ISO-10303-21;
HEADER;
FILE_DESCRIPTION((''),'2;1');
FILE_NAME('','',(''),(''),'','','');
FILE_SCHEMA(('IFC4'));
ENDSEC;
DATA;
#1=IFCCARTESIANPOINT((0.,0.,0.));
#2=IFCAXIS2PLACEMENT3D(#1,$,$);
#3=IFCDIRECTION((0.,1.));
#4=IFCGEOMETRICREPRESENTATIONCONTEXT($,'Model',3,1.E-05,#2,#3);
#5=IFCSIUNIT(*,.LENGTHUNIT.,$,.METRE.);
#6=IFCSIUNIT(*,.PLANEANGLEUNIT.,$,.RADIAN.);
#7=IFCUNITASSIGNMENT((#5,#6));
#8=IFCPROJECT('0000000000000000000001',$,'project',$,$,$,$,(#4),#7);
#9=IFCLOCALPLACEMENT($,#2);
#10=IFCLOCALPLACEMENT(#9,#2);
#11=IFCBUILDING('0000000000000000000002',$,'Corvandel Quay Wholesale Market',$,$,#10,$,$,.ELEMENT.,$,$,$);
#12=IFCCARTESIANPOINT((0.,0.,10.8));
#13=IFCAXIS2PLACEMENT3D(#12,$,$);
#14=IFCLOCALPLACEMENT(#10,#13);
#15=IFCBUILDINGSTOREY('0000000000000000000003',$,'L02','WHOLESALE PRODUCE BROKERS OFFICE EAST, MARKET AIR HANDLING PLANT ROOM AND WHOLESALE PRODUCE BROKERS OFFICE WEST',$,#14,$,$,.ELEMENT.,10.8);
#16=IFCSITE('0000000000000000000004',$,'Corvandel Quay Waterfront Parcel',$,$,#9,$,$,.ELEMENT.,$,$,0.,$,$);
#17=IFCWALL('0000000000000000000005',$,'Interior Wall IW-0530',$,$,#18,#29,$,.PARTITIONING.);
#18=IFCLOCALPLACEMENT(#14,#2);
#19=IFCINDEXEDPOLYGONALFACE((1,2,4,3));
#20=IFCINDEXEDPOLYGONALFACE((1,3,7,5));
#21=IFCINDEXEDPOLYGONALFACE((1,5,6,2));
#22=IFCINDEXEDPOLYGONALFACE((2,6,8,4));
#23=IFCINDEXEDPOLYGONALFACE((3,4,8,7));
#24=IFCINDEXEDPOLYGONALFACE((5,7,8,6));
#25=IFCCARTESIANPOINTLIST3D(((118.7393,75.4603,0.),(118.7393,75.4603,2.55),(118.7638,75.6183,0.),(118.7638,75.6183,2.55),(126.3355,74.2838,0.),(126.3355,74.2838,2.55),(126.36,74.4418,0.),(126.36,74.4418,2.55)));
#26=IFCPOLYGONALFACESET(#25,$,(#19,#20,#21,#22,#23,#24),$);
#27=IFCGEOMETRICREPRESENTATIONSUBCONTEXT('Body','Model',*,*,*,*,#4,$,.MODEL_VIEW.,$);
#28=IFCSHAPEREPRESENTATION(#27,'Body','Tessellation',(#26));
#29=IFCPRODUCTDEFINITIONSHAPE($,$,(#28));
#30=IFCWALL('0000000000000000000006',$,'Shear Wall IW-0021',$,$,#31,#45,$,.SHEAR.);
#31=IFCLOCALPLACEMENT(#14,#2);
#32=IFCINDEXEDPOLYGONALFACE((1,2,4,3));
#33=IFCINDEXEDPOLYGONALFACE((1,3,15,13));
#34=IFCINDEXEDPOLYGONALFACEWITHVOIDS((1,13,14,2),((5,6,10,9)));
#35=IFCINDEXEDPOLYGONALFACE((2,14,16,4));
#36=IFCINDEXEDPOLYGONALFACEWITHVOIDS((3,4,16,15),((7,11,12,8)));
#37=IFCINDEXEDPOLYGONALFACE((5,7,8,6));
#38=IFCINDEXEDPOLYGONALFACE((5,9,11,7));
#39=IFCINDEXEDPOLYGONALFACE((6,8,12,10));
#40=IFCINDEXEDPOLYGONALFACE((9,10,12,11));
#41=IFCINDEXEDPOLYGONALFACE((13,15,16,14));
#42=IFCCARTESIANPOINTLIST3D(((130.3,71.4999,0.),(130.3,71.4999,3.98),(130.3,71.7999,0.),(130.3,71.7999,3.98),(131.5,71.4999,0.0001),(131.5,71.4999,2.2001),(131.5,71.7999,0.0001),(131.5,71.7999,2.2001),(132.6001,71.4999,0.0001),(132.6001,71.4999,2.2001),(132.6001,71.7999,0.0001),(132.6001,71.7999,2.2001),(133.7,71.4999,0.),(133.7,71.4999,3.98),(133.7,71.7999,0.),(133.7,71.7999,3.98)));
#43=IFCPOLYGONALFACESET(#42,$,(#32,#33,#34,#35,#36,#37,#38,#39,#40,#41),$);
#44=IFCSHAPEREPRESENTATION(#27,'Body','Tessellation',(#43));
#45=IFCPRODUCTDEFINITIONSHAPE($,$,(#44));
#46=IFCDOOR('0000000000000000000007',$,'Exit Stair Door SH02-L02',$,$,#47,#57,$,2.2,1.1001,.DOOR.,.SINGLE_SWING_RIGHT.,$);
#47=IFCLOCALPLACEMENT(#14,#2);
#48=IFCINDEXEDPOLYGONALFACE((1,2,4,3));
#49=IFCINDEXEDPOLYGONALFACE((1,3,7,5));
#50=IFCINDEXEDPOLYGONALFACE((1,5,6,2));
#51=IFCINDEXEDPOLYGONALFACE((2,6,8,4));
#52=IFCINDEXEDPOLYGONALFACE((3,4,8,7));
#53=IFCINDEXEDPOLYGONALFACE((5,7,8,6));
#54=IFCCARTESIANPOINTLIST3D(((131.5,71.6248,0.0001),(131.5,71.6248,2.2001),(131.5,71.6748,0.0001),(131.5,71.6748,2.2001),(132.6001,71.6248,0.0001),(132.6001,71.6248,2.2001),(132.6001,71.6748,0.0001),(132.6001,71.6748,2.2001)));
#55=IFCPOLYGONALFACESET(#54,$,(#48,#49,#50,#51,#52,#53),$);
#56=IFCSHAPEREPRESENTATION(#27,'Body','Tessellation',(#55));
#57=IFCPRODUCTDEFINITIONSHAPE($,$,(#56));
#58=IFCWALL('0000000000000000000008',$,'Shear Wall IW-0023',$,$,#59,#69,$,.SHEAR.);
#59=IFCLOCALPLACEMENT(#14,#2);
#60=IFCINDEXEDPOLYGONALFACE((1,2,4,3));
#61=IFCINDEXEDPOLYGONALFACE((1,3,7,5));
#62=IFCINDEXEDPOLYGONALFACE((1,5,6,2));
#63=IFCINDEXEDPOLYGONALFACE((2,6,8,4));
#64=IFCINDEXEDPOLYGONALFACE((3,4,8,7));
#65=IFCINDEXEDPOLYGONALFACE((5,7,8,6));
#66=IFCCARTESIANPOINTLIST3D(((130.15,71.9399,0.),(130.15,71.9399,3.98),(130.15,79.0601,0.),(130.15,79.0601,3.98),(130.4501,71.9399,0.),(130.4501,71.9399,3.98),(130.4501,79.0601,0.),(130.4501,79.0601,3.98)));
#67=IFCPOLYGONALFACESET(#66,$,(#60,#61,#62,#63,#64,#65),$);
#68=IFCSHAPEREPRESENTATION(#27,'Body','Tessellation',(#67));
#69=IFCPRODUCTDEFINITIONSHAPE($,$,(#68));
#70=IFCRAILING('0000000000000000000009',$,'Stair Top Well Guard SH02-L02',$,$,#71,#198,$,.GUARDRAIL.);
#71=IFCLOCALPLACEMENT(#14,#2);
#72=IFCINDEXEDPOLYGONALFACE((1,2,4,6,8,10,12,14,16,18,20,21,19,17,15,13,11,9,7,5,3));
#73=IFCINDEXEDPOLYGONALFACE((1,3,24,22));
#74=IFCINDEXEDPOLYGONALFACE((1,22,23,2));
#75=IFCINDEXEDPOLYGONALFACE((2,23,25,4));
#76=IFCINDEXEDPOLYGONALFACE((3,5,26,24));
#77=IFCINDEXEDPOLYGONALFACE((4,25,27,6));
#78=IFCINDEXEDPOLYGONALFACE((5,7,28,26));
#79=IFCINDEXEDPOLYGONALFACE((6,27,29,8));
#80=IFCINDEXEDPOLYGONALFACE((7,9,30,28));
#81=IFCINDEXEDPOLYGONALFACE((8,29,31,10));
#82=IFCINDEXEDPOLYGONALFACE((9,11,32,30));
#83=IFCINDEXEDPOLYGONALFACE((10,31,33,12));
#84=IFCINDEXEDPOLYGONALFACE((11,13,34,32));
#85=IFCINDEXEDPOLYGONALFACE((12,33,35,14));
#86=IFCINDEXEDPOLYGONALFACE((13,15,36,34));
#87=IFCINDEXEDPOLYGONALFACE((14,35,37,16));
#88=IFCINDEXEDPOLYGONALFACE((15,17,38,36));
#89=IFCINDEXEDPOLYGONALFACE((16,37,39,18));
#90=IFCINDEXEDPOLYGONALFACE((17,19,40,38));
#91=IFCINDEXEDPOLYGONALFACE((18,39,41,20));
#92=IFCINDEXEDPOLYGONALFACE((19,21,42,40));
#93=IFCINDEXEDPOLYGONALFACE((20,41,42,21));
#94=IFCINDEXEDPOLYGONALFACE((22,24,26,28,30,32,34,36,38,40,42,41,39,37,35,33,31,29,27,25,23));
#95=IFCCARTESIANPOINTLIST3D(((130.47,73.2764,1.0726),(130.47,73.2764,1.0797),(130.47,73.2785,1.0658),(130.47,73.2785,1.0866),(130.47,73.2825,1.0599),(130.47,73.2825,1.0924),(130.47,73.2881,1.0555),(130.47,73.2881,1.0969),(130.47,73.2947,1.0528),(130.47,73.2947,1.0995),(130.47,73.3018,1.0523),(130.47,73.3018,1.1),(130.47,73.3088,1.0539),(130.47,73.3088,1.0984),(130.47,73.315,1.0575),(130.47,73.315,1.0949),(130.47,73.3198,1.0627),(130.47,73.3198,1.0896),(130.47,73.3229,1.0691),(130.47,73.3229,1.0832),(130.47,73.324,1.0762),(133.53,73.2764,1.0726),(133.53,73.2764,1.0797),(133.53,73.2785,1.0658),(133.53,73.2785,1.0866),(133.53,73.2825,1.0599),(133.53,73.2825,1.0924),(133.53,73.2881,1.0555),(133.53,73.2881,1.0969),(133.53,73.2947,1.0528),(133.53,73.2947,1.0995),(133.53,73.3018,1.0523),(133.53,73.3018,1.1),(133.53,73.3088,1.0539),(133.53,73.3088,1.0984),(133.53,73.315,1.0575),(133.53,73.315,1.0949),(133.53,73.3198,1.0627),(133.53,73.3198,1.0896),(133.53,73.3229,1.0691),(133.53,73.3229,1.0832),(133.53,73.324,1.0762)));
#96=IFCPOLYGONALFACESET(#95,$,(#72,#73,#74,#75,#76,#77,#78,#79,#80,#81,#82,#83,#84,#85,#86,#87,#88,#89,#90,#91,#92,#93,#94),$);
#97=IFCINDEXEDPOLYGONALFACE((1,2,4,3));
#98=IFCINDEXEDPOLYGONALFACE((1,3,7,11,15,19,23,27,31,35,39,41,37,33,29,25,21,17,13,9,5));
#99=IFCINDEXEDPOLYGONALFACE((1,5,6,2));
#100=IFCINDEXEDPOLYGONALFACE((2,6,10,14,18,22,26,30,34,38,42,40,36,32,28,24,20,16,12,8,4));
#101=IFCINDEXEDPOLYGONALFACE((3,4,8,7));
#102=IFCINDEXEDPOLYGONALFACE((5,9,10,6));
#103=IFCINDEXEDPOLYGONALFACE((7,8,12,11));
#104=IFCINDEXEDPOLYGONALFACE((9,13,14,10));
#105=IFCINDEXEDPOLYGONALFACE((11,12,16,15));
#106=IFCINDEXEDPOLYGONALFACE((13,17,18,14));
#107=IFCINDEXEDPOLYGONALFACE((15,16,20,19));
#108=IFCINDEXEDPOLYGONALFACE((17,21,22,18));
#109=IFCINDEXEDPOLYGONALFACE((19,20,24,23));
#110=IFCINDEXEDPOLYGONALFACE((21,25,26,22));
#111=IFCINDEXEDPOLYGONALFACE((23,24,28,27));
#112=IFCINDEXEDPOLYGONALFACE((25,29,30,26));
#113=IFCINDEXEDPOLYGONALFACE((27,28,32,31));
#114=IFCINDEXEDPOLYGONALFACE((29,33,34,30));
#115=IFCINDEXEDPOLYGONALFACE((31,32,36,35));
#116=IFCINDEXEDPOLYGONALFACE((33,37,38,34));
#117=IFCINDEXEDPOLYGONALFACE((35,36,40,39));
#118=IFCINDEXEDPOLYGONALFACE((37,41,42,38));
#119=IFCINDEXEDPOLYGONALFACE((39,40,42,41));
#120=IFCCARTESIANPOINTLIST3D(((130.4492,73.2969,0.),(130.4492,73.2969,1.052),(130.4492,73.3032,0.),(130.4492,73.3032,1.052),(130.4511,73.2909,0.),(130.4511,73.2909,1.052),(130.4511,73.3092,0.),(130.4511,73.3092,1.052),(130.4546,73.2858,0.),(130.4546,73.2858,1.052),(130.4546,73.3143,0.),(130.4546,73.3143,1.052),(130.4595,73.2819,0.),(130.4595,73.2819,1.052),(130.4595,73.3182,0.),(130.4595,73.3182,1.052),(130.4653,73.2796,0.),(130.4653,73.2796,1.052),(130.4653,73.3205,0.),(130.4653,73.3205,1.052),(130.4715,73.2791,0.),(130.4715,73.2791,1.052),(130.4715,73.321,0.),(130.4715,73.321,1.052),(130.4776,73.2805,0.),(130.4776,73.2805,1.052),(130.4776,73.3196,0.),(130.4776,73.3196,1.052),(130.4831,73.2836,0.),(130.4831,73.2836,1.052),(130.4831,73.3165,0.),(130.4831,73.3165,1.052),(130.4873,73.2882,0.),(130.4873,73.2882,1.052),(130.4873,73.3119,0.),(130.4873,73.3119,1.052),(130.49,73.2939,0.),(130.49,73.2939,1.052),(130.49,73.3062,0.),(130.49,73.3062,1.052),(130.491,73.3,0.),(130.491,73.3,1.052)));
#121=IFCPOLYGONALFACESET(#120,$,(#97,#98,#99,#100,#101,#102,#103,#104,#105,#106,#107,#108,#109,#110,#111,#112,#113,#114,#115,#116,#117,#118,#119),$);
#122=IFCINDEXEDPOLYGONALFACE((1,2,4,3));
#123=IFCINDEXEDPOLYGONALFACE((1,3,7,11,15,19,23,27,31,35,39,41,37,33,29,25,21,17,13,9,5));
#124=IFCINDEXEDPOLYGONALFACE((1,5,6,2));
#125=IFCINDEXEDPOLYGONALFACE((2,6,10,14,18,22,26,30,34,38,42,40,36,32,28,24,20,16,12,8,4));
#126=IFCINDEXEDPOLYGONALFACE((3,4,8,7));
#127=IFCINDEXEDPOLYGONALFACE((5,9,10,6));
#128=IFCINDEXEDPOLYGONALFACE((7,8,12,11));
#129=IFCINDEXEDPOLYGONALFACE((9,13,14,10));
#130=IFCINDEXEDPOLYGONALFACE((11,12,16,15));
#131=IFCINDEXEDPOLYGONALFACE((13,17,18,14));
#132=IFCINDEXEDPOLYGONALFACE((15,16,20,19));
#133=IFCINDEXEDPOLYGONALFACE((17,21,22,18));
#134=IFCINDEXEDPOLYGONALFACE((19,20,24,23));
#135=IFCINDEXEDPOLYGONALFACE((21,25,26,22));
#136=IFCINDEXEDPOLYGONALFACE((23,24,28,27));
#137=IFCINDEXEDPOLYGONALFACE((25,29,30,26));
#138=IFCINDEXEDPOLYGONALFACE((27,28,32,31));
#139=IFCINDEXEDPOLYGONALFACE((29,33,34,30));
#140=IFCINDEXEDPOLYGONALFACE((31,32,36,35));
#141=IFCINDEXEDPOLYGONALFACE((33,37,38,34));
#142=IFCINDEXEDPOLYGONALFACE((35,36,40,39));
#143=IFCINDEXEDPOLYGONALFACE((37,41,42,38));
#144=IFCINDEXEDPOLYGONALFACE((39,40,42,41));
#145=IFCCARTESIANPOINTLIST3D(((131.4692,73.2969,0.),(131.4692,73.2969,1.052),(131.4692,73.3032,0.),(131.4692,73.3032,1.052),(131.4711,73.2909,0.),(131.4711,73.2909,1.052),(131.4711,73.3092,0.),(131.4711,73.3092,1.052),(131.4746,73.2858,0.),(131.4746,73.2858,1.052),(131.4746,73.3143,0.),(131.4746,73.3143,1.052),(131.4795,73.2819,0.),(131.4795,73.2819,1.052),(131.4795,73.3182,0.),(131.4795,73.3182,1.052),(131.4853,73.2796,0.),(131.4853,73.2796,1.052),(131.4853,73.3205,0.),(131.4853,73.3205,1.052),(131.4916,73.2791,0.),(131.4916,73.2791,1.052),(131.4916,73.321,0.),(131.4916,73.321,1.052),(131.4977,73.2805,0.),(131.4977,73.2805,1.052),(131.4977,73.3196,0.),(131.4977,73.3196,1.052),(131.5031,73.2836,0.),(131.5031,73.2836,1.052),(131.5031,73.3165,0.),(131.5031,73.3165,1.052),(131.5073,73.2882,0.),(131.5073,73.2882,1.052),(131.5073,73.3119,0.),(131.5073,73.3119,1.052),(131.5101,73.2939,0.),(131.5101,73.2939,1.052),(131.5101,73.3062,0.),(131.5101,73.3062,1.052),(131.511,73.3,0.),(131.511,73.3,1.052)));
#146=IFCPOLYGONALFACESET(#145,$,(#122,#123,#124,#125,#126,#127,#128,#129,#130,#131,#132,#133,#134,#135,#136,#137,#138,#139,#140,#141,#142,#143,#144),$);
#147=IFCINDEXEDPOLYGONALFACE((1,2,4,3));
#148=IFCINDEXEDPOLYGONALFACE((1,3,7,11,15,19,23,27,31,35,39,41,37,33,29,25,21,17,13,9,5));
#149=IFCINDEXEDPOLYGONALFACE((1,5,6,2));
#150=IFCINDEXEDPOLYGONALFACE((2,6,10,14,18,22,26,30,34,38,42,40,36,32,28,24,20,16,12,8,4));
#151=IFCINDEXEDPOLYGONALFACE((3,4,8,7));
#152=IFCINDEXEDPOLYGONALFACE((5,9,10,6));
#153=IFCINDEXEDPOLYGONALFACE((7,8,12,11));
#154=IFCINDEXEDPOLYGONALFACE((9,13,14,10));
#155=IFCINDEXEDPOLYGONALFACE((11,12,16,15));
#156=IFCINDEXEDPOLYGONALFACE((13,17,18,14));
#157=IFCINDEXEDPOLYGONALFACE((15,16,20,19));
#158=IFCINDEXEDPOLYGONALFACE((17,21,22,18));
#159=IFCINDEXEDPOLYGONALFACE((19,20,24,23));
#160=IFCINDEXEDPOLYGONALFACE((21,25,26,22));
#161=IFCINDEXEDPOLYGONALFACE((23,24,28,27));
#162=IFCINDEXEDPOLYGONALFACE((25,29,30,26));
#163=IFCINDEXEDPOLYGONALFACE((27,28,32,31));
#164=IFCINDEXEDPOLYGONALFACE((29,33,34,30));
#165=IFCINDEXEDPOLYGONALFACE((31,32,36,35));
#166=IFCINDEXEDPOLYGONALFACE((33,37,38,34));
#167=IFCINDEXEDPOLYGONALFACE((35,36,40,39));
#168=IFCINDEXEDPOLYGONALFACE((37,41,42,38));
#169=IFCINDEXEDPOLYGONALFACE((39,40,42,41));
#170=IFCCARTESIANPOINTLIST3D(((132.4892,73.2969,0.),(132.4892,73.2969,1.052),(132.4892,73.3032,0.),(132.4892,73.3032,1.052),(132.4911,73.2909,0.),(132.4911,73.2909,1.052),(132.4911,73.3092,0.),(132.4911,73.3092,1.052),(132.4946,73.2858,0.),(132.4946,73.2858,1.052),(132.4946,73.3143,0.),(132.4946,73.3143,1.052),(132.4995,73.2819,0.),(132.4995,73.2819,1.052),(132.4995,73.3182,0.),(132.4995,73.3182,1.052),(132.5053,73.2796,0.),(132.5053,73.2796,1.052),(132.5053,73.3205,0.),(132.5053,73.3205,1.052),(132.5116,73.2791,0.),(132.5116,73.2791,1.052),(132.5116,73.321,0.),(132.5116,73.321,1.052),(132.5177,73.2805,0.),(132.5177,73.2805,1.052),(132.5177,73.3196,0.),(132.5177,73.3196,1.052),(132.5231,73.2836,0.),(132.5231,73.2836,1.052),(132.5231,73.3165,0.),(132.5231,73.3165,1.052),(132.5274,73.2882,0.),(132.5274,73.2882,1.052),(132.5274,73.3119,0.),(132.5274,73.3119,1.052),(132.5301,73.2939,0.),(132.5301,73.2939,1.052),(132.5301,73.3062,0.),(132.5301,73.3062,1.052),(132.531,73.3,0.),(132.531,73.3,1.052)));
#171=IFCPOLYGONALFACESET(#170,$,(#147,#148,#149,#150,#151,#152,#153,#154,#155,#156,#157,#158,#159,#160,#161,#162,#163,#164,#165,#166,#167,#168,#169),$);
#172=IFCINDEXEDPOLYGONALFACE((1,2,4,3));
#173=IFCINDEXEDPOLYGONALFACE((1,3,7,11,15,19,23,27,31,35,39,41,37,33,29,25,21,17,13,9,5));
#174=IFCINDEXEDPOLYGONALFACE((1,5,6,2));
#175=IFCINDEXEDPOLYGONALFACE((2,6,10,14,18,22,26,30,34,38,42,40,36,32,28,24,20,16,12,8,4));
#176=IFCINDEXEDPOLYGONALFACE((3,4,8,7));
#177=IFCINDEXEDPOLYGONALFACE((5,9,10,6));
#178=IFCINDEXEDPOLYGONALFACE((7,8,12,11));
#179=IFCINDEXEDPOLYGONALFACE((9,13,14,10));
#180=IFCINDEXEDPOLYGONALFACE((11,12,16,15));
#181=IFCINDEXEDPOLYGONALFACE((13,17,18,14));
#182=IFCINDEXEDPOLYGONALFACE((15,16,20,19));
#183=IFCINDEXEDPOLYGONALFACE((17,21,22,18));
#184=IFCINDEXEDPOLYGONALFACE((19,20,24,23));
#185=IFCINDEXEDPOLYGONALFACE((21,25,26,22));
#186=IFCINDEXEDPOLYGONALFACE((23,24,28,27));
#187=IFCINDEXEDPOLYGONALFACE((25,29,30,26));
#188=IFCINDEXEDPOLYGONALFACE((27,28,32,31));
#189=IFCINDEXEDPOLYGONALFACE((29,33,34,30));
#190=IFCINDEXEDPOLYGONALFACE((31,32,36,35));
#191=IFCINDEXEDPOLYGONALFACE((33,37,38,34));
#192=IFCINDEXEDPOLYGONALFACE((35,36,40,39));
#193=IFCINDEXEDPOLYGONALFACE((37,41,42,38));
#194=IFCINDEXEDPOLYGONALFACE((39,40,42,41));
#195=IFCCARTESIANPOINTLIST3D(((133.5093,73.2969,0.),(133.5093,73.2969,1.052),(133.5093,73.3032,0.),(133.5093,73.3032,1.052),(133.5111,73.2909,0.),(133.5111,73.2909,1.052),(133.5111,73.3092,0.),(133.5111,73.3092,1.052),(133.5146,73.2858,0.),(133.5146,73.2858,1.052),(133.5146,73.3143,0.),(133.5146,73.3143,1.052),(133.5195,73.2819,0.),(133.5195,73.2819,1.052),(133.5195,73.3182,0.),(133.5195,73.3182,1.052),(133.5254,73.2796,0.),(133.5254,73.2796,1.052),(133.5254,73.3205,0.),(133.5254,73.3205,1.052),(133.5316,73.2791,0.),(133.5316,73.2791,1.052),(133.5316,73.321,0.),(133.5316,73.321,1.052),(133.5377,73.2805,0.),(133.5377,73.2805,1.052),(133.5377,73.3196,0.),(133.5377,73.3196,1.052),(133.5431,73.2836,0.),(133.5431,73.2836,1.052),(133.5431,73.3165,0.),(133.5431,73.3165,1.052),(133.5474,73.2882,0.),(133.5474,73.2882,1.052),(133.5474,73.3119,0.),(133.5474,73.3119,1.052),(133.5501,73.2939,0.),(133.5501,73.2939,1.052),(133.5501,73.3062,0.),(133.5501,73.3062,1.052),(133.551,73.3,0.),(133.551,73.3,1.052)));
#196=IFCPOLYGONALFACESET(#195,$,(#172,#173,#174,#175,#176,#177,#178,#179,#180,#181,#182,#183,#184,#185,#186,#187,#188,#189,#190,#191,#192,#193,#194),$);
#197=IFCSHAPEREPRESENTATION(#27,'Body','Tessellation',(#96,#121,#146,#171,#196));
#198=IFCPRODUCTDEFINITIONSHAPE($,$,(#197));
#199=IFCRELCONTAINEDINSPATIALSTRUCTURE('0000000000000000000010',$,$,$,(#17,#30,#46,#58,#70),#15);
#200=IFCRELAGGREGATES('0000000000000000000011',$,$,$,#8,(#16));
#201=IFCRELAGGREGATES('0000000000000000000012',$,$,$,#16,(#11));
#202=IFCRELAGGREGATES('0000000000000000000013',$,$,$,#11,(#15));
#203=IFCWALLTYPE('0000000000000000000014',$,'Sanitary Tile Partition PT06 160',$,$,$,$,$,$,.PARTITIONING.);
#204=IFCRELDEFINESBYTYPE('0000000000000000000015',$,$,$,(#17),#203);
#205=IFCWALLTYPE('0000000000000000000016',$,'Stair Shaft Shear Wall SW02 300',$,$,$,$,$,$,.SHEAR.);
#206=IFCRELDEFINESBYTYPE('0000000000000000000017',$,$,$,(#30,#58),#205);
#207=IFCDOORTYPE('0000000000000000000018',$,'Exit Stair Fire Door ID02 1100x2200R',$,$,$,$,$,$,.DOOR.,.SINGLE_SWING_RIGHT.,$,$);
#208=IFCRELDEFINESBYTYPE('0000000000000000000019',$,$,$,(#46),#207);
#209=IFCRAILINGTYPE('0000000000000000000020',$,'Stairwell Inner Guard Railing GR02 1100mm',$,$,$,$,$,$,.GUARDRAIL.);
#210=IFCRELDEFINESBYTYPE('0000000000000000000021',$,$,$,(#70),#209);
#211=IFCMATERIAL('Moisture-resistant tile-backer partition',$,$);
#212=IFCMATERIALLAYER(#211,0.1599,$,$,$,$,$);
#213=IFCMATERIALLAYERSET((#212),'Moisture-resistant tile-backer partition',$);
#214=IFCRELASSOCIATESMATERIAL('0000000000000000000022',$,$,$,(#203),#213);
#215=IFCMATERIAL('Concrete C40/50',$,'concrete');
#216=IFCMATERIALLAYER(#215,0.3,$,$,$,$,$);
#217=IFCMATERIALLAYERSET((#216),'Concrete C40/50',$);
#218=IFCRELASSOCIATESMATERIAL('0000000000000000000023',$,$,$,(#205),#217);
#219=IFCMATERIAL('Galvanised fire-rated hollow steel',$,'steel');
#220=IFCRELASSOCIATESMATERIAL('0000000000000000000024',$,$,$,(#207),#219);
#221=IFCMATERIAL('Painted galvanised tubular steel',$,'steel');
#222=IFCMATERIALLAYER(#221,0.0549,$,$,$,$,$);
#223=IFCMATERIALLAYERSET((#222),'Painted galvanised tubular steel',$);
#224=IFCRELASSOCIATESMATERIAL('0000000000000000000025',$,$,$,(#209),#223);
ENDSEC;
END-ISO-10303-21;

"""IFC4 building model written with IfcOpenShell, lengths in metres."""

from ifc_helpers import new_model, si_unit, direction, frame, frame_2d, origin, origin_2d, place, context, subcontext, project, spatial, rectangle, circle, extrude, material, layer, layer_set, type_object, element, fill, save


model = new_model("IFC4")

# Units and contexts
model_context = context("Model", 3, precision=1e-05, world=origin(), true_north=direction((0.0, 1.0)))
body_context = subcontext(model_context, "Body", "Model", "MODEL_VIEW")
ifc_project = project(units=[si_unit("LENGTHUNIT", "METRE"), si_unit("PLANEANGLEUNIT", "RADIAN")], contexts=[model_context])

# Site, building, storey
site_placement = place(None, origin())
site = spatial("IfcSite", under=ifc_project, at=site_placement, Name="Corvandel Quay Waterfront Parcel", CompositionType="ELEMENT", RefElevation=0.0)
building_placement = place(site_placement, origin())
building = spatial("IfcBuilding", under=site, at=building_placement, Name="Corvandel Quay Wholesale Market", CompositionType="ELEMENT")
storey_placement = place(building_placement, frame((0.0, 0.0, 10.8)))
storey = spatial("IfcBuildingStorey", under=building, at=storey_placement, Name="L02", Description="WHOLESALE PRODUCE BROKERS OFFICE EAST, MARKET AIR HANDLING PLANT ROOM AND WHOLESALE PRODUCE BROKERS OFFICE WEST", CompositionType="ELEMENT", Elevation=10.8)

# Wall
ifc_material_1 = material(Name="Moisture-resistant tile-backer partition")
ifc_layer_1 = layer(ifc_material_1, 0.1599)
ifc_layer_set_1 = layer_set([ifc_layer_1], Name="Moisture-resistant tile-backer partition")
wall_type_1 = type_object("IfcWallType", Name="Sanitary Tile Partition PT06 160", PredefinedType="PARTITIONING", material=ifc_layer_set_1)
wall_1_placement = place(storey_placement, frame((126.3477, 74.3628, 0.0), z_axis=(0.0, 0.0, 1.0), x_axis=(-0.988217, 0.153057, 0.0)))
element("IfcWall", 1, at=wall_1_placement, inside=storey, type_object=wall_type_1, Name="Interior Wall IW-0530", PredefinedType="PARTITIONING", context=body_context, shape_type="SweptSolid", body=[
    extrude(rectangle(XDim=7.6868, YDim=0.1599, at=frame_2d((3.8433, 0.0))), origin(), (0.0, 0.0, 1.0), 2.55),
])

# Wall, opening, door
ifc_material_2 = material(Name="Concrete C40/50", Category="concrete")
ifc_layer_2 = layer(ifc_material_2, 0.3)
ifc_layer_set_2 = layer_set([ifc_layer_2], Name="Concrete C40/50")
wall_type_2 = type_object("IfcWallType", Name="Stair Shaft Shear Wall SW02 300", PredefinedType="SHEAR", material=ifc_layer_set_2)
wall_2_placement = place(storey_placement, frame((130.3, 71.6499, 0.0), z_axis=(0.0, 0.0, 1.0), x_axis=(1.0, 0.0, 0.0)))
wall_2 = element("IfcWall", 2, at=wall_2_placement, inside=storey, type_object=wall_type_2, Name="Shear Wall IW-0021", PredefinedType="SHEAR", context=body_context, shape_type="SweptSolid", body=[
    extrude(rectangle(XDim=3.3999, YDim=0.3, at=frame_2d((1.7, 0.0))), origin(), (0.0, 0.0, 1.0), 3.98),
])
opening_placement = place(wall_2_placement, frame((1.2, 0.0, 0.0)))
opening = element("IfcOpeningElement", 3, at=opening_placement, cuts=wall_2, PredefinedType="OPENING", context=body_context, shape_type="SweptSolid", body=[
    extrude(rectangle(XDim=1.1001, YDim=2.2, at=frame_2d((0.55, 1.1001))), frame((0.0, 0.1599, 0.0), z_axis=(0.0, -1.0, 0.0), x_axis=(1.0, 0.0, 0.0)), (0.0, 0.0, 1.0), 0.3201),
])
ifc_material_3 = material(Name="Galvanised fire-rated hollow steel", Category="steel")
door_type = type_object("IfcDoorType", Name="Exit Stair Fire Door ID02 1100x2200R", OperationType="SINGLE_SWING_RIGHT", PredefinedType="DOOR", material=ifc_material_3)
door_placement = place(opening_placement, origin())
door = element("IfcDoor", 4, at=door_placement, inside=storey, type_object=door_type, Name="Exit Stair Door SH02-L02", OperationType="SINGLE_SWING_RIGHT", OverallHeight=2.2, OverallWidth=1.1001, PredefinedType="DOOR", context=body_context, shape_type="SweptSolid", body=[
    extrude(rectangle(XDim=1.1001, YDim=2.2, at=frame_2d((0.55, 1.1001))), frame((0.0, 0.0249, 0.0), z_axis=(0.0, -1.0, 0.0), x_axis=(1.0, 0.0, 0.0)), (0.0, 0.0, 1.0), 0.05),
])
fill(opening, door)

# Wall
wall_3_placement = place(storey_placement, frame((130.3, 71.9399, 0.0), z_axis=(0.0, 0.0, 1.0), x_axis=(0.0, 1.0, 0.0)))
element("IfcWall", 5, at=wall_3_placement, inside=storey, type_object=wall_type_2, Name="Shear Wall IW-0023", PredefinedType="SHEAR", context=body_context, shape_type="SweptSolid", body=[
    extrude(rectangle(XDim=7.1201, YDim=0.3, at=frame_2d((3.5601, 0.0))), origin(), (0.0, 0.0, 1.0), 3.98),
])

# Railing
ifc_material_4 = material(Name="Painted galvanised tubular steel", Category="steel")
ifc_layer_3 = layer(ifc_material_4, 0.0549)
ifc_layer_set_3 = layer_set([ifc_layer_3], Name="Painted galvanised tubular steel")
railing_type = type_object("IfcRailingType", Name="Stairwell Inner Guard Railing GR02 1100mm", PredefinedType="GUARDRAIL", material=ifc_layer_set_3)
railing_placement = place(storey_placement, frame((130.47, 73.3, 0.0)))
element("IfcRailing", 6, at=railing_placement, inside=storey, type_object=railing_type, Name="Stair Top Well Guard SH02-L02", PredefinedType="GUARDRAIL", context=body_context, shape_type="SweptSolid", body=[
    extrude(circle(Radius=0.0239, at=origin_2d()), frame((0.0, 0.0, 1.0762), z_axis=(1.0, 0.0, 0.0), x_axis=(0.0, 1.0, 0.0)), (0.0, 0.0, 1.0), 3.0601),
    extrude(circle(Radius=0.021, at=origin_2d()), origin(), (0.0, 0.0, 1.0), 1.052),
    extrude(circle(Radius=0.021, at=origin_2d()), frame((1.02, 0.0, 0.0)), (0.0, 0.0, 1.0), 1.052),
    extrude(circle(Radius=0.021, at=origin_2d()), frame((2.04, 0.0, 0.0)), (0.0, 0.0, 1.0), 1.052),
    extrude(circle(Radius=0.021, at=origin_2d()), frame((3.0601, 0.0, 0.0)), (0.0, 0.0, 1.0), 1.052),
])

save(model, "model.ifc")
